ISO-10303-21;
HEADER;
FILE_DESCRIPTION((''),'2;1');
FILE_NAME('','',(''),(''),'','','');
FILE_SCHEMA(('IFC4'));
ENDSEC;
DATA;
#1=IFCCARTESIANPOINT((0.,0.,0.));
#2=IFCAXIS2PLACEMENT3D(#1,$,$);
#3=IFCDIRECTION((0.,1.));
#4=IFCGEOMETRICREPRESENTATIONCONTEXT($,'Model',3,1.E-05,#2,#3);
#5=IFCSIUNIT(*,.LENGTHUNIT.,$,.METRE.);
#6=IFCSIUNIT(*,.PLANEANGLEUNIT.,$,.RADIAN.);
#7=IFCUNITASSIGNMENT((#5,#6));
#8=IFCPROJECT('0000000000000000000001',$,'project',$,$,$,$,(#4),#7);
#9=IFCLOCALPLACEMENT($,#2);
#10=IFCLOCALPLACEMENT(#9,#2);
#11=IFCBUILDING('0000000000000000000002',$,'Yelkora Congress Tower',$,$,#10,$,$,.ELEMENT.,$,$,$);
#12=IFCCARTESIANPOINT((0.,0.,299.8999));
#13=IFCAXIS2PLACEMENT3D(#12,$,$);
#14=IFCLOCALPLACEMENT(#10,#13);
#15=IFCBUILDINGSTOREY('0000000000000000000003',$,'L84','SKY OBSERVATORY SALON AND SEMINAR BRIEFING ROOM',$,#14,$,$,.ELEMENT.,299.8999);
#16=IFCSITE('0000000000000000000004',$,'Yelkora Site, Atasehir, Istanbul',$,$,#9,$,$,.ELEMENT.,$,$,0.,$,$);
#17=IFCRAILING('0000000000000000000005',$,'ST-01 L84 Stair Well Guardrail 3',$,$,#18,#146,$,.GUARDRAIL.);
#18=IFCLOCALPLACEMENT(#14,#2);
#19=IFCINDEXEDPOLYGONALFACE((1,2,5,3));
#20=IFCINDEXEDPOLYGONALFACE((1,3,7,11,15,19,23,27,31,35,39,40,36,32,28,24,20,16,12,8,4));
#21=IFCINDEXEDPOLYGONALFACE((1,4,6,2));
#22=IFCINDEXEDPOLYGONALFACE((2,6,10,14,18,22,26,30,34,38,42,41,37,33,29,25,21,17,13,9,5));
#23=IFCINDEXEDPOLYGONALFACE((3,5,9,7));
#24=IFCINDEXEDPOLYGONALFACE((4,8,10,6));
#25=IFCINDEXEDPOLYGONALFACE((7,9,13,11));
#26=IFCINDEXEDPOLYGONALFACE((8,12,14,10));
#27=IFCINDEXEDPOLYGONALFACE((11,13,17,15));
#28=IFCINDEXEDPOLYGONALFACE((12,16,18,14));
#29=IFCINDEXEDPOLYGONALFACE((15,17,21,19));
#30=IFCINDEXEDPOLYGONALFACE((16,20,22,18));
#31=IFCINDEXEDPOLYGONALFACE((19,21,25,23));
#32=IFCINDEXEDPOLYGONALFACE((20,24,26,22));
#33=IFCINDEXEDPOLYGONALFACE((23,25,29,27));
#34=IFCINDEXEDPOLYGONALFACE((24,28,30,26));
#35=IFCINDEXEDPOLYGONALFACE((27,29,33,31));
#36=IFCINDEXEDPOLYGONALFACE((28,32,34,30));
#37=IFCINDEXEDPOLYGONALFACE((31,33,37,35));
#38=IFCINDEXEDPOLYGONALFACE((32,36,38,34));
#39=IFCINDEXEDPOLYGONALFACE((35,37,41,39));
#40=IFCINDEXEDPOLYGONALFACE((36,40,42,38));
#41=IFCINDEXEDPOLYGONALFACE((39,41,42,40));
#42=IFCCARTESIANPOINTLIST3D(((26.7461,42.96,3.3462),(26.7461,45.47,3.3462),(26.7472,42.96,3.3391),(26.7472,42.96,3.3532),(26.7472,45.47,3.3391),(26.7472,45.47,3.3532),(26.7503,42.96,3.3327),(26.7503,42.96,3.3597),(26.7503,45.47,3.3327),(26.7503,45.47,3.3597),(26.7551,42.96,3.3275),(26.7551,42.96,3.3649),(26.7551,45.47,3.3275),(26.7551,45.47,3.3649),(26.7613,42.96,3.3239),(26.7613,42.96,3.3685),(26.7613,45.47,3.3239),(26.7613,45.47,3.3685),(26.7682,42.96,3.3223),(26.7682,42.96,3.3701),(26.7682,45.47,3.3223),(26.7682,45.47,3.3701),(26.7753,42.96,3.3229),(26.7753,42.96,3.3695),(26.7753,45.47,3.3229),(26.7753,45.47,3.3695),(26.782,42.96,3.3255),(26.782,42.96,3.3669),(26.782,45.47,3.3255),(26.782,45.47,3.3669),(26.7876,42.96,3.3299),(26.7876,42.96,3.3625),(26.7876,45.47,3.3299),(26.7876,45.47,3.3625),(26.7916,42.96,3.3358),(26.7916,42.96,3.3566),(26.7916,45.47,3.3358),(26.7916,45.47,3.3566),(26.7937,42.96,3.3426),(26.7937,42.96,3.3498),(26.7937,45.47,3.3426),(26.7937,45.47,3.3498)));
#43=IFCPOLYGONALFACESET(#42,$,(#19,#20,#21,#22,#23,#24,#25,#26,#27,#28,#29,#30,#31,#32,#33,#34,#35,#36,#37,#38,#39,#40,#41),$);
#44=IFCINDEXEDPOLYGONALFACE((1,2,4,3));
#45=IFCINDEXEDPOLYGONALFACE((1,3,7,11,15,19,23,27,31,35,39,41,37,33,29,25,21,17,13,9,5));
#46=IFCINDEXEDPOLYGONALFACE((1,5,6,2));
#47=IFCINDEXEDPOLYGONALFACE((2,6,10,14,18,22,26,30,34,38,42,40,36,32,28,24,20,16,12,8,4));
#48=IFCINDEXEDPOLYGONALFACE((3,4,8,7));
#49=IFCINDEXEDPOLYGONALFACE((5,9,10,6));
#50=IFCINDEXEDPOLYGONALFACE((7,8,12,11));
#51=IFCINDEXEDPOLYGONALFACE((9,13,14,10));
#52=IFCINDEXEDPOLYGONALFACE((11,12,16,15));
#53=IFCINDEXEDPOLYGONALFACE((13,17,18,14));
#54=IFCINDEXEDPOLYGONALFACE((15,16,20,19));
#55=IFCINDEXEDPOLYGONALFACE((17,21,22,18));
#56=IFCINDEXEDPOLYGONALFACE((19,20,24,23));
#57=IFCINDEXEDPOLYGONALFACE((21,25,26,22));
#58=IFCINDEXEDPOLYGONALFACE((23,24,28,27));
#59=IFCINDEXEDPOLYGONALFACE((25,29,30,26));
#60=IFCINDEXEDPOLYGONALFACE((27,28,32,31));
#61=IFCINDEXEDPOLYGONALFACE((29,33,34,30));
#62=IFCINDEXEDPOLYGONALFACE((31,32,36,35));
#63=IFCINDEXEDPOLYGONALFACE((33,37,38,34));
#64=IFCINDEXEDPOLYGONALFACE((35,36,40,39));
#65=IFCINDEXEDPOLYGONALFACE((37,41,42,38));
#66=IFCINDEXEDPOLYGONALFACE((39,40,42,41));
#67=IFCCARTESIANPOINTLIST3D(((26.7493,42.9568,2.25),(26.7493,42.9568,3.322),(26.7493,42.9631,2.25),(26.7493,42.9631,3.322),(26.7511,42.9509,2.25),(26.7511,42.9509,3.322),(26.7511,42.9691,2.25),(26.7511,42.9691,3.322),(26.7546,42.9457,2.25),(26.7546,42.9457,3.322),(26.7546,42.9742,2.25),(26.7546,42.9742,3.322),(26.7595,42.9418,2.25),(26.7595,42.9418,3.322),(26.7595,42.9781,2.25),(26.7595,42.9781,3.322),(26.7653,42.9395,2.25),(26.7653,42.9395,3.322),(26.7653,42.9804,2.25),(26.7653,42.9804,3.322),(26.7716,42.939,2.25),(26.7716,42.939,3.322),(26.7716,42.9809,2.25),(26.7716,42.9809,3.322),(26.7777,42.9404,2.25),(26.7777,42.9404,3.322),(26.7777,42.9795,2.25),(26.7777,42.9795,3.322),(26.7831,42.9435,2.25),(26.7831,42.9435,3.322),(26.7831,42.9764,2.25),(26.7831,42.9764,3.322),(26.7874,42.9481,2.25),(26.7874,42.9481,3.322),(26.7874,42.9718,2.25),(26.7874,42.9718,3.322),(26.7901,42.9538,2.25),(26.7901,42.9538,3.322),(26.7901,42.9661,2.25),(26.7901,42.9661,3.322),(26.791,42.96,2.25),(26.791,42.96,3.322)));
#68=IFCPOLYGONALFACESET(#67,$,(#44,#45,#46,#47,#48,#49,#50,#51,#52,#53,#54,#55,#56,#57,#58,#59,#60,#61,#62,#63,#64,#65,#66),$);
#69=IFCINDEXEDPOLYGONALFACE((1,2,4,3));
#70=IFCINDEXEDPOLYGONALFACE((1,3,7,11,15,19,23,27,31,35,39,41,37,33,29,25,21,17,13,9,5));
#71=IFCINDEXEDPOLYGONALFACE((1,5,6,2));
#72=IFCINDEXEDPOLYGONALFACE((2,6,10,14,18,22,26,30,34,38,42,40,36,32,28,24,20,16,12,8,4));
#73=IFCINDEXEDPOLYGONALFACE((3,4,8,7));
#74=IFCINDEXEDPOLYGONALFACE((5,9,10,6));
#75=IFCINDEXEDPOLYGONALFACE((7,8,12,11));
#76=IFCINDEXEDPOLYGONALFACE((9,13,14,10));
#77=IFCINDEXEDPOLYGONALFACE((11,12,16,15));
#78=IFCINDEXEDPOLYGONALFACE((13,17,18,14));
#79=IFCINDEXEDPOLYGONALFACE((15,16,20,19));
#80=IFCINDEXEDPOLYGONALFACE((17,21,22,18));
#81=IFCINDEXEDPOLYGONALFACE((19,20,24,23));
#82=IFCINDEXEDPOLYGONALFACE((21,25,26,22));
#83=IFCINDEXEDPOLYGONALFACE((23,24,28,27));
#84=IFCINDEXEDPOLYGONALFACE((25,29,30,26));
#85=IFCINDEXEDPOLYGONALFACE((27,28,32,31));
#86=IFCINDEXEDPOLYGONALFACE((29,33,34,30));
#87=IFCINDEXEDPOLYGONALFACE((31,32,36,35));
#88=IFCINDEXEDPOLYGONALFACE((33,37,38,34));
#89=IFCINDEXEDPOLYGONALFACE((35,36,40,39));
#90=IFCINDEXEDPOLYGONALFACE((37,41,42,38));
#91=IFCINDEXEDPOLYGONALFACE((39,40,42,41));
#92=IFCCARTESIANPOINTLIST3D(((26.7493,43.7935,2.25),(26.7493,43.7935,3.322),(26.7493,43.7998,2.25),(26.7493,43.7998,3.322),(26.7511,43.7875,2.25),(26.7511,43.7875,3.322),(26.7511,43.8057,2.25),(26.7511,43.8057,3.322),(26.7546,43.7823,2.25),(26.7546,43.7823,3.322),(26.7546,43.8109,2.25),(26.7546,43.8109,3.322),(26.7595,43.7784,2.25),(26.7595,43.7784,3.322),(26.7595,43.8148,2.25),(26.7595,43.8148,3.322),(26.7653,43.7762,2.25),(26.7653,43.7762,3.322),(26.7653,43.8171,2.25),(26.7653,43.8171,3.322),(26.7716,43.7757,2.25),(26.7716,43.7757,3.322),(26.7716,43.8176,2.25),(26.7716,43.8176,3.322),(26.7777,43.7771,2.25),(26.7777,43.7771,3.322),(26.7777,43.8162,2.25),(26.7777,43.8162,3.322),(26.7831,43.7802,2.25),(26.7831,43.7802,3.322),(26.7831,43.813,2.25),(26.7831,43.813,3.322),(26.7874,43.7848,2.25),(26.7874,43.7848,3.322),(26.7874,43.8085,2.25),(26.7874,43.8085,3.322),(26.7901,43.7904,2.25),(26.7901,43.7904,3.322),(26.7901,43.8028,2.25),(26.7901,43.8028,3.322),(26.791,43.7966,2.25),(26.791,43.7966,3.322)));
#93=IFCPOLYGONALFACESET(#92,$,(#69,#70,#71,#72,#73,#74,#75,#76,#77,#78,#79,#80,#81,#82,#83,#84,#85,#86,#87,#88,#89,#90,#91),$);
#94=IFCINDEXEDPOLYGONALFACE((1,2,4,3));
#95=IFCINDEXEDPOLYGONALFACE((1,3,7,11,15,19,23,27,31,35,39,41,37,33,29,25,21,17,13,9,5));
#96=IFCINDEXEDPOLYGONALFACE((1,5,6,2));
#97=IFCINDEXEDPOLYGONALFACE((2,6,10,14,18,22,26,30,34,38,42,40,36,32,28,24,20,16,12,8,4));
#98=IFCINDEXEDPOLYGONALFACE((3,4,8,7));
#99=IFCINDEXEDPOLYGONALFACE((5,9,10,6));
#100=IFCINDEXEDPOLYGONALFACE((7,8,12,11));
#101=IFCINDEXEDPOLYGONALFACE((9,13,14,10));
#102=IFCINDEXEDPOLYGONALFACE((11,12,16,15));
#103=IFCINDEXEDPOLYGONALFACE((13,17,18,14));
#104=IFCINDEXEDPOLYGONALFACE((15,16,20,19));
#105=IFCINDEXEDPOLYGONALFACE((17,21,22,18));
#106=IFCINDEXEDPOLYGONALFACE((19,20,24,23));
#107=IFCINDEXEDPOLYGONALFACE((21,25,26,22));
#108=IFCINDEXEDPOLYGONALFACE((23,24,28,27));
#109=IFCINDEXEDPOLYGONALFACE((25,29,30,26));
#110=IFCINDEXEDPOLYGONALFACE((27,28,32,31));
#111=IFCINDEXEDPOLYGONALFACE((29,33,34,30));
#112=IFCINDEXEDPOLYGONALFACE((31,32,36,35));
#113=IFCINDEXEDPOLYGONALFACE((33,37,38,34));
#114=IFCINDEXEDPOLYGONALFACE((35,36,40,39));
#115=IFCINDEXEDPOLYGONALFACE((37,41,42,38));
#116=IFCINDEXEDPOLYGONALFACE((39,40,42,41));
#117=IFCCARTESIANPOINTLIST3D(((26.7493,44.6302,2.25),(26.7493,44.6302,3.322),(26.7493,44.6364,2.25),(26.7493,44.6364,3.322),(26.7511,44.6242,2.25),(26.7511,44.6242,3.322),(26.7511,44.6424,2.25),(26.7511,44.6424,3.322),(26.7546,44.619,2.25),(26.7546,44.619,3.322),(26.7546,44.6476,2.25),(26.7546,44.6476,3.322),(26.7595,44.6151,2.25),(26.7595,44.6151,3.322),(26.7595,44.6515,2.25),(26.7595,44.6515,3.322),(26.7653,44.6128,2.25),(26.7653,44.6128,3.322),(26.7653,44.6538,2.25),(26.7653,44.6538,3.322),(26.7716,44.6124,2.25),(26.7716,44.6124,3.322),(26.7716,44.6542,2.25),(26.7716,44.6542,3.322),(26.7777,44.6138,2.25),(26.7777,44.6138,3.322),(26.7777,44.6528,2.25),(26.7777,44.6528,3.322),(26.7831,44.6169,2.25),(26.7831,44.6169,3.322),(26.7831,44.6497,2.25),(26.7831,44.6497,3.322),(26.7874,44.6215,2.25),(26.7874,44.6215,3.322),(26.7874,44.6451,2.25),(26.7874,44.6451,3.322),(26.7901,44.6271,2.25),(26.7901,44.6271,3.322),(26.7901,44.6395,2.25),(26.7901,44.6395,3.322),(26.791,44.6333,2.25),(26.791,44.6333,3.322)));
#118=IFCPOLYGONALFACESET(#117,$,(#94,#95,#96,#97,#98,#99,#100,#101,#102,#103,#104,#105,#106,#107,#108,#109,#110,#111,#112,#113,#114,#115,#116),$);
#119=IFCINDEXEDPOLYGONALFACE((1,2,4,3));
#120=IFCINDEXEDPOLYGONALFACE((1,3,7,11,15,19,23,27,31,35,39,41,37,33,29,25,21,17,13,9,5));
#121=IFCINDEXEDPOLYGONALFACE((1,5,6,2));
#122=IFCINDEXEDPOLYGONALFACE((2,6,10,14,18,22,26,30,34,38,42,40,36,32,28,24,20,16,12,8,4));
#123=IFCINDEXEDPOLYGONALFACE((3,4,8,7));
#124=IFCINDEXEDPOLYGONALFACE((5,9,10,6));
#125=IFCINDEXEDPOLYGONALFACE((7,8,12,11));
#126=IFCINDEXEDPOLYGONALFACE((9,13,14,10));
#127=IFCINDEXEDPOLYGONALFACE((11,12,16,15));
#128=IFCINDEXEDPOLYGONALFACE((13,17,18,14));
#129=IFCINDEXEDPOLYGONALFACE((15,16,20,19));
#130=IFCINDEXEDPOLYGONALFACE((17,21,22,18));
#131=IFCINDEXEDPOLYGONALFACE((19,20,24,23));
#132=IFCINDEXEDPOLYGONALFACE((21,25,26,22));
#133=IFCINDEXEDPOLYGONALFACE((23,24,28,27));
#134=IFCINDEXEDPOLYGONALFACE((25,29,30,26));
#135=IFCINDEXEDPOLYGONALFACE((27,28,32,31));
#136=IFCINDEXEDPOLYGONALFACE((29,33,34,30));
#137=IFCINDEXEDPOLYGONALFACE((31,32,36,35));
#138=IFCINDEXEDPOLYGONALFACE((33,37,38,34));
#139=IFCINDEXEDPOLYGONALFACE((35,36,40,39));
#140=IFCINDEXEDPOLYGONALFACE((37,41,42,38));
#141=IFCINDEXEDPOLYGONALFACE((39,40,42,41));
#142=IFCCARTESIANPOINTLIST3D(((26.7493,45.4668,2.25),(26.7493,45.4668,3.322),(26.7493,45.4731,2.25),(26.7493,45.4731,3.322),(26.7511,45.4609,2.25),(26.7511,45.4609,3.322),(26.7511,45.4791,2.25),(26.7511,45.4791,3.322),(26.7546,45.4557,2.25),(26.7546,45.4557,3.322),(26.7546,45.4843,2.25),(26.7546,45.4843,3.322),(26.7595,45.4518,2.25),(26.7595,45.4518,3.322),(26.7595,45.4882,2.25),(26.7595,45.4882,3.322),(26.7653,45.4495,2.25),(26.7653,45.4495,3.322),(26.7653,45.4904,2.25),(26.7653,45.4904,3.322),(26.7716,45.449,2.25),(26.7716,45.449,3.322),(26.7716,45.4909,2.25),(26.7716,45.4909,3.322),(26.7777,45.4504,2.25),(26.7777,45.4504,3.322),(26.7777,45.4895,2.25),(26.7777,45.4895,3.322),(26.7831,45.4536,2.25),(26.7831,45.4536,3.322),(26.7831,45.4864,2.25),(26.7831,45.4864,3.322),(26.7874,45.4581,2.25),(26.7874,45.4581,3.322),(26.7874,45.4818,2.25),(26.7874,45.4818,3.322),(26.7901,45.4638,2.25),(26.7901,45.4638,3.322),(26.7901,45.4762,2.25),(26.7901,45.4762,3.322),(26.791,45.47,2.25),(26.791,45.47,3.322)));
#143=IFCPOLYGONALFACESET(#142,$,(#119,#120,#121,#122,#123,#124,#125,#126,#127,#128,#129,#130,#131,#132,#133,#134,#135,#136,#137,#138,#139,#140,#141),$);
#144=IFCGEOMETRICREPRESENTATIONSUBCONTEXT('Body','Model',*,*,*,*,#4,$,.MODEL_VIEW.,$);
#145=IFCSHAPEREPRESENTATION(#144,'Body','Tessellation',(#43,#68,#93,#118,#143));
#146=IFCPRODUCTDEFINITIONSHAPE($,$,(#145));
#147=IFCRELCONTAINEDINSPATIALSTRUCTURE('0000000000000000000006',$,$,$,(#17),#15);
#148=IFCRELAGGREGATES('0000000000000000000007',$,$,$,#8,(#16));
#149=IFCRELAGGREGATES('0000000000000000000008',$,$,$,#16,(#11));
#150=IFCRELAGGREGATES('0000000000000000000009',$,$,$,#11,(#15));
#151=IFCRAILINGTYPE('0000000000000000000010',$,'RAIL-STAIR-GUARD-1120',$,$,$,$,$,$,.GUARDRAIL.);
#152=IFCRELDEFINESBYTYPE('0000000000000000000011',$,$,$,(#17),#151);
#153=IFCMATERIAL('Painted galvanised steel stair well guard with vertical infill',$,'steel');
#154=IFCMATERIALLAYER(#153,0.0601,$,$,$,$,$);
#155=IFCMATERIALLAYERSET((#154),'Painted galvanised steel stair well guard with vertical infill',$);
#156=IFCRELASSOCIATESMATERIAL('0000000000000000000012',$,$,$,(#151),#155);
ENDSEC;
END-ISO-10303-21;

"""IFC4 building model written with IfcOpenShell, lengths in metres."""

from ifc_helpers import new_model, si_unit, direction, frame, origin, origin_2d, place, context, subcontext, project, spatial, circle, extrude, material, layer, layer_set, type_object, element, save


model = new_model("IFC4")

# Units and contexts
model_context = context("Model", 3, precision=1e-05, world=origin(), true_north=direction((0.0, 1.0)))
body_context = subcontext(model_context, "Body", "Model", "MODEL_VIEW")
ifc_project = project(units=[si_unit("LENGTHUNIT", "METRE"), si_unit("PLANEANGLEUNIT", "RADIAN")], contexts=[model_context])

# Site, building, storey
site_placement = place(None, origin())
site = spatial("IfcSite", under=ifc_project, at=site_placement, Name="Yelkora Site, Atasehir, Istanbul", CompositionType="ELEMENT", RefElevation=0.0)
building_placement = place(site_placement, origin())
building = spatial("IfcBuilding", under=site, at=building_placement, Name="Yelkora Congress Tower", CompositionType="ELEMENT")
storey_placement = place(building_placement, frame((0.0, 0.0, 299.8999)))
storey = spatial("IfcBuildingStorey", under=building, at=storey_placement, Name="L84", Description="SKY OBSERVATORY SALON AND SEMINAR BRIEFING ROOM", CompositionType="ELEMENT", Elevation=299.8999)

# Railing
ifc_material_1 = material(Name="Painted galvanised steel stair well guard with vertical infill", Category="steel")
ifc_layer_1 = layer(ifc_material_1, 0.0601)
ifc_layer_set_1 = layer_set([ifc_layer_1], Name="Painted galvanised steel stair well guard with vertical infill")
railing_type_1 = type_object("IfcRailingType", Name="RAIL-STAIR-GUARD-1120", PredefinedType="GUARDRAIL", material=ifc_layer_set_1)
for number, where, name in (
    (1, (26.77, 42.96, 2.25), "ST-01 L84 Stair Well Guardrail 3"),
):
    element("IfcRailing", number, at=place(storey_placement, frame(where)), inside=storey, type_object=railing_type_1, Name=name, PredefinedType="GUARDRAIL", context=body_context, shape_type="SweptSolid", body=[
        extrude(circle(Radius=0.0239, at=origin_2d()), frame((0.0, 0.0, 1.0962), z_axis=(0.0, 1.0, 0.0), x_axis=(-1.0, 0.0, 0.0)), (0.0, 0.0, 1.0), 2.51),
        extrude(circle(Radius=0.021, at=origin_2d()), origin(), (0.0, 0.0, 1.0), 1.072),
        extrude(circle(Radius=0.021, at=origin_2d()), frame((0.0, 0.8367, 0.0)), (0.0, 0.0, 1.0), 1.072),
        extrude(circle(Radius=0.021, at=origin_2d()), frame((0.0, 1.6733, 0.0)), (0.0, 0.0, 1.0), 1.072),
        extrude(circle(Radius=0.021, at=origin_2d()), frame((0.0, 2.51, 0.0)), (0.0, 0.0, 1.0), 1.072),
    ])

save(model, "model.ifc")
